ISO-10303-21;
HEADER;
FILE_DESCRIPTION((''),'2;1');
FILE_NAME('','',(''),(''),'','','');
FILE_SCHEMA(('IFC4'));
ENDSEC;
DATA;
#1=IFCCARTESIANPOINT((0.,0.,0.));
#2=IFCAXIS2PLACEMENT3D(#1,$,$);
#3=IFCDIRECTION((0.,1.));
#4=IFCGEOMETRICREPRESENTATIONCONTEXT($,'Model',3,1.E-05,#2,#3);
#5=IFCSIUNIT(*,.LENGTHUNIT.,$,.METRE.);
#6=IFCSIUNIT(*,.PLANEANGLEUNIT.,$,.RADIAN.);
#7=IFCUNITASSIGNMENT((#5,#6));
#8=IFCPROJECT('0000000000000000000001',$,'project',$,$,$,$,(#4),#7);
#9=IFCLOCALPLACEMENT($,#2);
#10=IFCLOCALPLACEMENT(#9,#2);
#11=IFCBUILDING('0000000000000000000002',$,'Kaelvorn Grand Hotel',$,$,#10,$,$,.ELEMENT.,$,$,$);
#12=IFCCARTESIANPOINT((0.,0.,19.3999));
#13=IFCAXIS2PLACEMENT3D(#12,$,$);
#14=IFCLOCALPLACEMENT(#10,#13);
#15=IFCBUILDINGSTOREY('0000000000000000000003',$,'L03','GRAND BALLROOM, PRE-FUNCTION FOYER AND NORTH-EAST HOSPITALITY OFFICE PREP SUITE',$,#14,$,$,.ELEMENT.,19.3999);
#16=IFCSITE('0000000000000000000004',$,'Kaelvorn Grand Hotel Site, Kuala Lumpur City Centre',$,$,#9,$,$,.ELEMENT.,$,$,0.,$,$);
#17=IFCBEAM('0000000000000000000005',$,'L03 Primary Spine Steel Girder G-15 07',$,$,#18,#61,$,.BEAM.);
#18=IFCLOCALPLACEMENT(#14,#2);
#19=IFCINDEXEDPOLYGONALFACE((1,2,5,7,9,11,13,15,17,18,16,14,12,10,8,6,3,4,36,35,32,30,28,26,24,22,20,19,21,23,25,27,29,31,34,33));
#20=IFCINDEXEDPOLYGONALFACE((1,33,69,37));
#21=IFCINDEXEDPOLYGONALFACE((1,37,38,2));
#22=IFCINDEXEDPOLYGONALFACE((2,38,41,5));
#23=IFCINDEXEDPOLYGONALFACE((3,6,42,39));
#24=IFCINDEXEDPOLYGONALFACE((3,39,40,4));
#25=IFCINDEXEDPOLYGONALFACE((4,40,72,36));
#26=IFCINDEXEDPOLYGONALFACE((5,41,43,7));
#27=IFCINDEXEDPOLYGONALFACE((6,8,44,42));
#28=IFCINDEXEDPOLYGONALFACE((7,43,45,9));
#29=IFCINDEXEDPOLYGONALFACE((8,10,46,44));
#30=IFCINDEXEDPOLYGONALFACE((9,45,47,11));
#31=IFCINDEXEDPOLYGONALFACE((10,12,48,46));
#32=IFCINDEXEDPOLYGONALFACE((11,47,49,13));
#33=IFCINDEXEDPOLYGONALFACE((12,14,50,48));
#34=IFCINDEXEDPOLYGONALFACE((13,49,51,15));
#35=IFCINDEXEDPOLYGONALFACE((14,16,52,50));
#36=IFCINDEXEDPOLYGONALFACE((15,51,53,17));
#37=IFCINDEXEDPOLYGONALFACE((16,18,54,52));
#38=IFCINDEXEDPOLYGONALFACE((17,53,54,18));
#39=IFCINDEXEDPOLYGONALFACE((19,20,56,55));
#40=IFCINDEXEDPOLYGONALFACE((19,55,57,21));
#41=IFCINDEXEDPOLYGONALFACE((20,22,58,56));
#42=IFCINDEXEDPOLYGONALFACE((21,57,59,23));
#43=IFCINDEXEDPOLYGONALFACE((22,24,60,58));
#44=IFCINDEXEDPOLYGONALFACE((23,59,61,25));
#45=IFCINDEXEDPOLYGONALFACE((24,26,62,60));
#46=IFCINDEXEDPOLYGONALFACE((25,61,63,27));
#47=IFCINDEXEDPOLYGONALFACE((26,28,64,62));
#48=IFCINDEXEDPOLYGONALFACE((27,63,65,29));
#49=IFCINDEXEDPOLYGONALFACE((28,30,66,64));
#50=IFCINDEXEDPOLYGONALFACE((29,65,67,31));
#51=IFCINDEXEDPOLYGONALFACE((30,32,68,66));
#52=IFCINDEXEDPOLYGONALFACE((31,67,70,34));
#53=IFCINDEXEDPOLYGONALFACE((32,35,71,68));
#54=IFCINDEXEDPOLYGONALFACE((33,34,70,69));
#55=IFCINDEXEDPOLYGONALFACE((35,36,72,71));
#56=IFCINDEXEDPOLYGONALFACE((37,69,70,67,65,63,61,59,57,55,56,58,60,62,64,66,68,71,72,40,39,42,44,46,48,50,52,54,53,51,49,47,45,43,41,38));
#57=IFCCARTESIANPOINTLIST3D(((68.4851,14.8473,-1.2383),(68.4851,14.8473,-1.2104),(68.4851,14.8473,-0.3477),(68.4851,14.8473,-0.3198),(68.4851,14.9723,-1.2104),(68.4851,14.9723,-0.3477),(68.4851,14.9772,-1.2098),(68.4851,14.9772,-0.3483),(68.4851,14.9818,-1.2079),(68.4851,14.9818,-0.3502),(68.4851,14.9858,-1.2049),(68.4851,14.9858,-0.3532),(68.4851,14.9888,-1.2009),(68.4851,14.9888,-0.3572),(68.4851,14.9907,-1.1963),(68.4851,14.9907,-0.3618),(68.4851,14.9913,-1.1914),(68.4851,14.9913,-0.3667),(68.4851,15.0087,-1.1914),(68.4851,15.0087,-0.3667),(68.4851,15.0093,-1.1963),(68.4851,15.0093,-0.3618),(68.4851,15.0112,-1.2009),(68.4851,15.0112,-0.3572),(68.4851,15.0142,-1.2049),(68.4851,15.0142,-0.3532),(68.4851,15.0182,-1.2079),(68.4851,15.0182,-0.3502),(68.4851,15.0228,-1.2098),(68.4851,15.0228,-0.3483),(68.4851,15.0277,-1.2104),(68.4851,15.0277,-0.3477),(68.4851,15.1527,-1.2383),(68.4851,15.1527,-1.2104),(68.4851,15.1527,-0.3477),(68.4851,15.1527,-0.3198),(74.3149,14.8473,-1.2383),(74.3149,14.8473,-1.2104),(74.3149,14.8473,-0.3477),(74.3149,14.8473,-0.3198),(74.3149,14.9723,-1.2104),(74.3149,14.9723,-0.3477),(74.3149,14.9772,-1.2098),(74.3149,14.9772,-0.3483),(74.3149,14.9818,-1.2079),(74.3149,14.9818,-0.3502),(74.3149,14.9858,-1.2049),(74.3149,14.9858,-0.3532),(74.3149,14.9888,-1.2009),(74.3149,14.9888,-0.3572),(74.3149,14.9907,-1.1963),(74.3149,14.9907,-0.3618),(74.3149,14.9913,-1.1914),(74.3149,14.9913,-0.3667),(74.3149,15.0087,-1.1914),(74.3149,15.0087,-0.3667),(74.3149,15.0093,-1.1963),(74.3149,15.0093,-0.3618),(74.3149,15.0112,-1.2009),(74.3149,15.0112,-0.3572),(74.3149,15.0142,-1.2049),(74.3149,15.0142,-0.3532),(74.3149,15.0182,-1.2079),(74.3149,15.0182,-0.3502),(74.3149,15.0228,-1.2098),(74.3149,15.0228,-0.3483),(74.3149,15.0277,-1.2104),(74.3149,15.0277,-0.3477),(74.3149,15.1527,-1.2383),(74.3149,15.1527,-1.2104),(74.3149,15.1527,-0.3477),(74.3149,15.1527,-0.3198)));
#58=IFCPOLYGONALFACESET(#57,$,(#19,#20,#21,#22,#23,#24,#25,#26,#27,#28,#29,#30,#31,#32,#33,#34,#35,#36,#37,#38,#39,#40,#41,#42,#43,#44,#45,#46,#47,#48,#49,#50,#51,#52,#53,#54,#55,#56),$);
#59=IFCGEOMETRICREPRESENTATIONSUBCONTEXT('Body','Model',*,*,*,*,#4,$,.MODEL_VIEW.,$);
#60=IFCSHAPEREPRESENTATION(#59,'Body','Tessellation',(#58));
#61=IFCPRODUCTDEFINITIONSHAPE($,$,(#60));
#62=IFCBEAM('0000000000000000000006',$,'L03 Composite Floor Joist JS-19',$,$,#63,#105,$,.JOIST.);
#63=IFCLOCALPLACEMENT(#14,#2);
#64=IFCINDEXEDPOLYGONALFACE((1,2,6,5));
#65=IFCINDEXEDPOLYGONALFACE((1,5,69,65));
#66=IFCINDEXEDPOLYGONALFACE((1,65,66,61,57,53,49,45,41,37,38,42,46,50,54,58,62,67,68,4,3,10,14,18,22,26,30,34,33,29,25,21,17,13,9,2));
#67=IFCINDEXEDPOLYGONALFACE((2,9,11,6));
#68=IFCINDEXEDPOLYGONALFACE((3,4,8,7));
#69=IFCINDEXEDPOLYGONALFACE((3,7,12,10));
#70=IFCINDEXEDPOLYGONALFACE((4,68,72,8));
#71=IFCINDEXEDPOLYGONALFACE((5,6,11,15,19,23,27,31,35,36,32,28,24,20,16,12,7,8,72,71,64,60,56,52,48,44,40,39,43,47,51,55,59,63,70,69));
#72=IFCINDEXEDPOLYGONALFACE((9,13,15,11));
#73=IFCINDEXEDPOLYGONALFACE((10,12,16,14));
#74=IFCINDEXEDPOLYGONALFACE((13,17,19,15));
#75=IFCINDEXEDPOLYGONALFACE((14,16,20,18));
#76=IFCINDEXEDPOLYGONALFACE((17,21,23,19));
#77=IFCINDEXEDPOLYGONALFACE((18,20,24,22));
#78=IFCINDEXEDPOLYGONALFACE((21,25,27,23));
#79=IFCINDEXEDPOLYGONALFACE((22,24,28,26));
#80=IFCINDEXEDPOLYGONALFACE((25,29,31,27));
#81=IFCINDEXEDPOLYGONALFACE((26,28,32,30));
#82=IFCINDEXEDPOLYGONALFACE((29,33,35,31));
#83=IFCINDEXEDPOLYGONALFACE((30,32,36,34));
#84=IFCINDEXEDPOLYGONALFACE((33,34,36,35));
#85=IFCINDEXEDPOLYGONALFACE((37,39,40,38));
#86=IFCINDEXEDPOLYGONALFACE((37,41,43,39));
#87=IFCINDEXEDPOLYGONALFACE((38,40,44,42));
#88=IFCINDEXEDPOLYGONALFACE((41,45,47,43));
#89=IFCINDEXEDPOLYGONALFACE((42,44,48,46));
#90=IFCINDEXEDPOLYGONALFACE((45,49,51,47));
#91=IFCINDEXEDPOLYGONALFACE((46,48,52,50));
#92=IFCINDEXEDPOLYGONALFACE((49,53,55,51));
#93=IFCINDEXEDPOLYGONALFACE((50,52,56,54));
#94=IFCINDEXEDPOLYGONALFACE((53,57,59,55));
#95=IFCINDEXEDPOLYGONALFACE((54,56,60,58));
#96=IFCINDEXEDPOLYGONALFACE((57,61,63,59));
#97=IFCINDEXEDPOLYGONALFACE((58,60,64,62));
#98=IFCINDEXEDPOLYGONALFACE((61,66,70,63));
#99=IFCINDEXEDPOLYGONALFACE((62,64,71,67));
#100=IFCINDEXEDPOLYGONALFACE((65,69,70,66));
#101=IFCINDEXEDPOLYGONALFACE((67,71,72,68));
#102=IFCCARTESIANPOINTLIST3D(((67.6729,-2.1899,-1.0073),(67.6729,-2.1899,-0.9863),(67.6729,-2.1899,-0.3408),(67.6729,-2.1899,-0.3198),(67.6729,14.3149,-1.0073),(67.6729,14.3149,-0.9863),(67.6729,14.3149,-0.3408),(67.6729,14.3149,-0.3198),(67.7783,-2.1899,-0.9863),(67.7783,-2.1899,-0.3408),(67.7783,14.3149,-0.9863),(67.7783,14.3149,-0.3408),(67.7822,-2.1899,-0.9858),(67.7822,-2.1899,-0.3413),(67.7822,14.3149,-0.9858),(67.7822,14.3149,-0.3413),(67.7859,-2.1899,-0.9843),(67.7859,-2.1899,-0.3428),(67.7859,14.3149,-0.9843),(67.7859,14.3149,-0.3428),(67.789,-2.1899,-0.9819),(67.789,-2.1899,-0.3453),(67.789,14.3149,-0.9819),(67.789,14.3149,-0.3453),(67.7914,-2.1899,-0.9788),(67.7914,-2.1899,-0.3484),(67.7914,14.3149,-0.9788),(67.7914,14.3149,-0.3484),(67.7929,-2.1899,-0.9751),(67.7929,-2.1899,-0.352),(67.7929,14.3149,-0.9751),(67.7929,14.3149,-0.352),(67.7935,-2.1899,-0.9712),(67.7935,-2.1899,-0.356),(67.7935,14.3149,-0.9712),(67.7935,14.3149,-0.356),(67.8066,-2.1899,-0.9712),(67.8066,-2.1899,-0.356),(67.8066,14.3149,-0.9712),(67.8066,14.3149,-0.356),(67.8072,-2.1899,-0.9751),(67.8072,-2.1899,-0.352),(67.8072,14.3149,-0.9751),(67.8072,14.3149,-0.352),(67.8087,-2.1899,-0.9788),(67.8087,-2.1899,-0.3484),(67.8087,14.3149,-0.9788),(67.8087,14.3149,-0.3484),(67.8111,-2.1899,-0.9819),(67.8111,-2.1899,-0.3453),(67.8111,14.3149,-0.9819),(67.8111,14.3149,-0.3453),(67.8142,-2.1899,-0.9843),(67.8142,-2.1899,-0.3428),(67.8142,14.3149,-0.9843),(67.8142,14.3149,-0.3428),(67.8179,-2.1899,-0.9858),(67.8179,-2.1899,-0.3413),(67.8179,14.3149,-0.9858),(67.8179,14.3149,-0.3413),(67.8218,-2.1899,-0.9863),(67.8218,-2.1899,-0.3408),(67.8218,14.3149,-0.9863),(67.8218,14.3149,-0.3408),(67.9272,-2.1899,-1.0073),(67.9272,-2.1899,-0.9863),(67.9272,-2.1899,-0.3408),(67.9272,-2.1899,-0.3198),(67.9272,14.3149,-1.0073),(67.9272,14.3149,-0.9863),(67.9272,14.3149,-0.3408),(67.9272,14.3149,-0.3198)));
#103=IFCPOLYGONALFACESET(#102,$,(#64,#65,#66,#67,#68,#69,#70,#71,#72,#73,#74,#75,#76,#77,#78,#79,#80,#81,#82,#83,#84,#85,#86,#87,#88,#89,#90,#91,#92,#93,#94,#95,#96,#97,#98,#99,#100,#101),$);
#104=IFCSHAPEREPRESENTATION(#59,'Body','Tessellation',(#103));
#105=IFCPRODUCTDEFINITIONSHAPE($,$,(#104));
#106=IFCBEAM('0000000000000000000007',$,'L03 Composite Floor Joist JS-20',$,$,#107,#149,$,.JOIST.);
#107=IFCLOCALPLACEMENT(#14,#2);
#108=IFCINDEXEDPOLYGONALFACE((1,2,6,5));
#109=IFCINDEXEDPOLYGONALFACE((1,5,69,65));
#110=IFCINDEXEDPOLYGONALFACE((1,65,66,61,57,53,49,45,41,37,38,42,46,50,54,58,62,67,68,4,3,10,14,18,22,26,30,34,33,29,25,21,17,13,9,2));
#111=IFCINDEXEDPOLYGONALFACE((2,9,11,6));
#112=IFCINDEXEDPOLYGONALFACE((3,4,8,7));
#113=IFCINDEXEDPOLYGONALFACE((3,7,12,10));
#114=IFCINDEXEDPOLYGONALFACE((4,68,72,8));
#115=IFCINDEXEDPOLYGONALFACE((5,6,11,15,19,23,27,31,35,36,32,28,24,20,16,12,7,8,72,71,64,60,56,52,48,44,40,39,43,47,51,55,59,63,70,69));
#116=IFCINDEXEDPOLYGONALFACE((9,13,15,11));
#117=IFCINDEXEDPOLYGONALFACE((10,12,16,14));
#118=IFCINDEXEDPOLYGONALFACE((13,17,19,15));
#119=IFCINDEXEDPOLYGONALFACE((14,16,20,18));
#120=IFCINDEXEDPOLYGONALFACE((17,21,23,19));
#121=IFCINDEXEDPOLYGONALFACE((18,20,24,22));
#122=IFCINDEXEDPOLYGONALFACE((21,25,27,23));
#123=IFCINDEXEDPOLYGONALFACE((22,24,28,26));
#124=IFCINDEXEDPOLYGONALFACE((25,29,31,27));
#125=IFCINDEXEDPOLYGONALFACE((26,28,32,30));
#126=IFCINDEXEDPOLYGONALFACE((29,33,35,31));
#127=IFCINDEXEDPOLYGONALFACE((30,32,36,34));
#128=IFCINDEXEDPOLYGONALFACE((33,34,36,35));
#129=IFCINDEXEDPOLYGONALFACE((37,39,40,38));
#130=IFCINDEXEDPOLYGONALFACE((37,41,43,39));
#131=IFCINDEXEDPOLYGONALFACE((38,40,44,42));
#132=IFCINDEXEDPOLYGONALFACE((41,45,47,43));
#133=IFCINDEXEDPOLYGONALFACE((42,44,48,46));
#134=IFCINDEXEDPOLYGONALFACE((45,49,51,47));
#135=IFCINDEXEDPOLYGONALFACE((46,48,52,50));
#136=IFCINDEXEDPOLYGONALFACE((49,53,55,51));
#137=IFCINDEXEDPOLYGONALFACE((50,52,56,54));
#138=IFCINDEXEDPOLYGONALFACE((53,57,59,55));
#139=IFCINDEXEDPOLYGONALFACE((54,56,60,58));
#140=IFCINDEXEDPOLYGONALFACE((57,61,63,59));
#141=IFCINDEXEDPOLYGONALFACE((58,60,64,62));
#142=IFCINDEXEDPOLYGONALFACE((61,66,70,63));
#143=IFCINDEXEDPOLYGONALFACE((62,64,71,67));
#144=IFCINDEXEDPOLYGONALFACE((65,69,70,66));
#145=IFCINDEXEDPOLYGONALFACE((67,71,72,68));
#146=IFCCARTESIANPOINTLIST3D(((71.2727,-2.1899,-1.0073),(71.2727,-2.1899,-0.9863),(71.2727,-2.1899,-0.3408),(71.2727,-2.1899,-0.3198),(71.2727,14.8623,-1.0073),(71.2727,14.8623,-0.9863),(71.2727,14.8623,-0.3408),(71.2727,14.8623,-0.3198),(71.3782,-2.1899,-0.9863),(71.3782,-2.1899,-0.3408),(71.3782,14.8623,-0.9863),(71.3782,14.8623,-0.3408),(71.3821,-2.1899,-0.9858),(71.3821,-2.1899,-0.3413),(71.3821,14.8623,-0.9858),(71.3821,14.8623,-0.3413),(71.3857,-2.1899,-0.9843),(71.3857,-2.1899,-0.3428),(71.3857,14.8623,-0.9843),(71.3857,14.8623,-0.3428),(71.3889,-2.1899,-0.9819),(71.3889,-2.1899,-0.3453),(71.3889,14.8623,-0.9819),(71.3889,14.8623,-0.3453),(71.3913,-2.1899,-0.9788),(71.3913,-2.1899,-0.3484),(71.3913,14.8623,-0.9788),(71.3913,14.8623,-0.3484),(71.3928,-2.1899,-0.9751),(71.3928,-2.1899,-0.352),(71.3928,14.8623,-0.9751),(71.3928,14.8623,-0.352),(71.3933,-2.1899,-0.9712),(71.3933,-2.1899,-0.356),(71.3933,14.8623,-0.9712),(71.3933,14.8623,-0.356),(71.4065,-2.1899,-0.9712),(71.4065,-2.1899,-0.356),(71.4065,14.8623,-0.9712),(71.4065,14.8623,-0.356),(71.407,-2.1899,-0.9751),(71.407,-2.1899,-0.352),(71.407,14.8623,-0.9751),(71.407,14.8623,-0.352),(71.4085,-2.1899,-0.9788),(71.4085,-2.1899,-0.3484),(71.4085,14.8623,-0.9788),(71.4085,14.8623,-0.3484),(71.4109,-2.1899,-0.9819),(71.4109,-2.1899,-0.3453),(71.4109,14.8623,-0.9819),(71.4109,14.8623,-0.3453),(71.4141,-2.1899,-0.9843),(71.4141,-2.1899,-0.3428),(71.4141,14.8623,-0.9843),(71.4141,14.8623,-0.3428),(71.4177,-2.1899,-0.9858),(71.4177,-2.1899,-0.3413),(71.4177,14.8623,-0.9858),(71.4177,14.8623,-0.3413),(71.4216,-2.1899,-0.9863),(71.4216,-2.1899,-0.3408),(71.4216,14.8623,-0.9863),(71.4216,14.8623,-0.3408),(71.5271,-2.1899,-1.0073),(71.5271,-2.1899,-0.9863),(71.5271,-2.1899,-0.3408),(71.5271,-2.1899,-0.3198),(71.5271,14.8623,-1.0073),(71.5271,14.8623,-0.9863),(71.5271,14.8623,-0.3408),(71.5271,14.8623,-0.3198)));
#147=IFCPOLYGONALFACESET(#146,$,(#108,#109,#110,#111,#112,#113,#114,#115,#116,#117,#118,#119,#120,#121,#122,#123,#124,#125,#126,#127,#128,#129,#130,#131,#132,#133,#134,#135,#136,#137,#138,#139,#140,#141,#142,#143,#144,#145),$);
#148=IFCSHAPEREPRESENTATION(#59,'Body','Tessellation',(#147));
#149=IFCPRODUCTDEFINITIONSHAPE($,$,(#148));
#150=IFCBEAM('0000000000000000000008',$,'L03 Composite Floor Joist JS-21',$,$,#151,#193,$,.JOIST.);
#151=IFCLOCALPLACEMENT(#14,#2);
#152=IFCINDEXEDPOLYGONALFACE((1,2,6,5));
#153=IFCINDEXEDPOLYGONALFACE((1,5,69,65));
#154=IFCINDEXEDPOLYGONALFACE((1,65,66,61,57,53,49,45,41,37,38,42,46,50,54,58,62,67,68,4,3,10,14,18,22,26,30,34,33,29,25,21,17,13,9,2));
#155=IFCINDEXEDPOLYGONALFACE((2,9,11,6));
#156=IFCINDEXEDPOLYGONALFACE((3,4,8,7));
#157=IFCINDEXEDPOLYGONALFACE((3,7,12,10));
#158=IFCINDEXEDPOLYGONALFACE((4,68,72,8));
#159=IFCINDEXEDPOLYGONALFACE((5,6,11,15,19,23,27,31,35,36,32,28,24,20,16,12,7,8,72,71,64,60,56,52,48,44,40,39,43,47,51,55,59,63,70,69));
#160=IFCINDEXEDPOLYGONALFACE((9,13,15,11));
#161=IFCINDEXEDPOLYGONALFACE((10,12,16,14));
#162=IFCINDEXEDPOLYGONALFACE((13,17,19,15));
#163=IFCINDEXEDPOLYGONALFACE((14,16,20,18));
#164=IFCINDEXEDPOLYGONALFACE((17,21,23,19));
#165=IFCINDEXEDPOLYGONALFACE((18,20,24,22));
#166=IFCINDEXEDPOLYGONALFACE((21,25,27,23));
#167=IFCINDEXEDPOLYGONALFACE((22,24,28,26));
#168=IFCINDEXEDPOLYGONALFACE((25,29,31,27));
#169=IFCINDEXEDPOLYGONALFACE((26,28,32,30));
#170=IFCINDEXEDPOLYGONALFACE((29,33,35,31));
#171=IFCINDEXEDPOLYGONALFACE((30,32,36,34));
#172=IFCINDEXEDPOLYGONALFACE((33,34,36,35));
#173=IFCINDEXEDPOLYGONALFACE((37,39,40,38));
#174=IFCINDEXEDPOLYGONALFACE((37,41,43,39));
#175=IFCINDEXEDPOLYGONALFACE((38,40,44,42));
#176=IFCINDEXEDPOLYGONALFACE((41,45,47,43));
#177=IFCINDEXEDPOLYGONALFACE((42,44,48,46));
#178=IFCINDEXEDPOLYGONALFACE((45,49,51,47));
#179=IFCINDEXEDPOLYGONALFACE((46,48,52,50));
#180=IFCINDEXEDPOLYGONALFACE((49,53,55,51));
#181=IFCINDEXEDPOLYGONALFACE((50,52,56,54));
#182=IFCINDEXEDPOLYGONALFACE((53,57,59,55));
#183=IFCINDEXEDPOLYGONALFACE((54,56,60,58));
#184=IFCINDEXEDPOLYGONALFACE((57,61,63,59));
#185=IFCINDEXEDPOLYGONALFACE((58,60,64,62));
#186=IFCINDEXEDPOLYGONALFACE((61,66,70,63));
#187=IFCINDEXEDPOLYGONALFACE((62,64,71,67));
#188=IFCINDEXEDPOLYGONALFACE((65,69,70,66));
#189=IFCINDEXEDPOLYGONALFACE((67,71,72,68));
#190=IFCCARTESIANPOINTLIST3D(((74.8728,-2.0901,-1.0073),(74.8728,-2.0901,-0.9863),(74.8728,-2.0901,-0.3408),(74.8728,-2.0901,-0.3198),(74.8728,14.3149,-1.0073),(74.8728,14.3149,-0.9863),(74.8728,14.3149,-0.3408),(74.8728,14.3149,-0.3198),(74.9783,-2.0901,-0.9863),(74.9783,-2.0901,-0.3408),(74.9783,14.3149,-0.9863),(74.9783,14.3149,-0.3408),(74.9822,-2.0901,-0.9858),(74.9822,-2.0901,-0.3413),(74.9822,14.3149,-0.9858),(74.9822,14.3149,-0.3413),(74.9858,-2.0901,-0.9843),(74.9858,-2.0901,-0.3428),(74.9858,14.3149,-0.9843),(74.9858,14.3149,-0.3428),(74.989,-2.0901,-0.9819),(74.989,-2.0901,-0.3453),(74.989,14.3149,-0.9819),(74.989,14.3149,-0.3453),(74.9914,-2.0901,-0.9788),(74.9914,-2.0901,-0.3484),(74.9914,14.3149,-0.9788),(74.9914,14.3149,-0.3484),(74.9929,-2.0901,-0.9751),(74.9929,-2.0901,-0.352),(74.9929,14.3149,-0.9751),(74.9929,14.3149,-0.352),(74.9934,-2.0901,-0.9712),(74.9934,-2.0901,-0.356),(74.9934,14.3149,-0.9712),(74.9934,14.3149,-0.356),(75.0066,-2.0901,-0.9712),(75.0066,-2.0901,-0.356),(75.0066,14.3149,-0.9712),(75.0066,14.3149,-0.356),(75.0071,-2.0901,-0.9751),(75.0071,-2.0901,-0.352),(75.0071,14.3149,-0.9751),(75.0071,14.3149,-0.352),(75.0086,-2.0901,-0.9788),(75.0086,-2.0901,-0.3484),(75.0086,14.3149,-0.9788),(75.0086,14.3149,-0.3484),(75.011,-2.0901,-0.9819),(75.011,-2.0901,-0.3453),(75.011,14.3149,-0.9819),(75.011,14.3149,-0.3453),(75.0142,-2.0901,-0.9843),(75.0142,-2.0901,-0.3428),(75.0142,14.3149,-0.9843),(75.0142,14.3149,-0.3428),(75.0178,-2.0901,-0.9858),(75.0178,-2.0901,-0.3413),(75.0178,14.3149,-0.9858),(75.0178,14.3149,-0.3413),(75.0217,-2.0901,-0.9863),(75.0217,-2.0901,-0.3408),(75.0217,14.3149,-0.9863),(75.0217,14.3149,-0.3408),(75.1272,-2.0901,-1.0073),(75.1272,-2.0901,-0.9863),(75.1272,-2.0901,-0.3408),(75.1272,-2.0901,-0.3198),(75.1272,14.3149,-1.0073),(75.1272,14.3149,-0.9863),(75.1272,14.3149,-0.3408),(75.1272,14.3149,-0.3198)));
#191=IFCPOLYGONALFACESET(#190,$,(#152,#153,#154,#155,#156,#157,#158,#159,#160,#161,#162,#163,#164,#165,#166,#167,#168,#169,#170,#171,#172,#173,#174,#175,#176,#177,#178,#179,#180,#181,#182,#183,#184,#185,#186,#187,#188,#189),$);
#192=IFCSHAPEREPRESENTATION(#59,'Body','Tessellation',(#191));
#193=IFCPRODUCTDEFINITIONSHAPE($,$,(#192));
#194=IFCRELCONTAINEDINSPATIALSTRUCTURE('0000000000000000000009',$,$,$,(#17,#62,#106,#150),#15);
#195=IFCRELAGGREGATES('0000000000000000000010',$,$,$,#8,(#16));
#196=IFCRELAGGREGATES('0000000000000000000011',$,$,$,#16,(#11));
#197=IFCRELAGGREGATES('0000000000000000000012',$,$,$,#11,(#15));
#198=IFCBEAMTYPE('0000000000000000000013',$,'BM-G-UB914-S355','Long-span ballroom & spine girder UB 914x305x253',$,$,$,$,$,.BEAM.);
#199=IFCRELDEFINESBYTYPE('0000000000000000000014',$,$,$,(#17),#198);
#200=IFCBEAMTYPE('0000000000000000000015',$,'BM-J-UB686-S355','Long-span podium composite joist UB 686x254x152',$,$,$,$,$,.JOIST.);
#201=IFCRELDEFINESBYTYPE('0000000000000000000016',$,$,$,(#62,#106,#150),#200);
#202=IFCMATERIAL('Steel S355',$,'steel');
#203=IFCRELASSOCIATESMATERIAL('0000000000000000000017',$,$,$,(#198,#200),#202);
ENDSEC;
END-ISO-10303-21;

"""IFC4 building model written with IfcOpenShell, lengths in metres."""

from ifc_helpers import new_model, si_unit, direction, frame, origin, origin_2d, place, context, subcontext, project, spatial, i_section, extrude, material, material_profile, profile_set, type_object, element, save


model = new_model("IFC4")

# Units and contexts
model_context = context("Model", 3, precision=1e-05, world=origin(), true_north=direction((0.0, 1.0)))
body_context = subcontext(model_context, "Body", "Model", "MODEL_VIEW")
ifc_project = project(units=[si_unit("LENGTHUNIT", "METRE"), si_unit("PLANEANGLEUNIT", "RADIAN")], contexts=[model_context])

# Site, building, storey
site_placement = place(None, origin())
site = spatial("IfcSite", under=ifc_project, at=site_placement, Name="Kaelvorn Grand Hotel Site, Kuala Lumpur City Centre", CompositionType="ELEMENT", RefElevation=0.0)
building_placement = place(site_placement, origin())
building = spatial("IfcBuilding", under=site, at=building_placement, Name="Kaelvorn Grand Hotel", CompositionType="ELEMENT")
storey_placement = place(building_placement, frame((0.0, 0.0, 19.3999)))
storey = spatial("IfcBuildingStorey", under=building, at=storey_placement, Name="L03", Description="GRAND BALLROOM, PRE-FUNCTION FOYER AND NORTH-EAST HOSPITALITY OFFICE PREP SUITE", CompositionType="ELEMENT", Elevation=19.3999)

# Beams
ifc_material_1 = material(Name="Steel S355", Category="steel")
ifc_material_profile_1 = material_profile(ifc_material_1, i_section(OverallWidth=0.3054, OverallDepth=0.9185, WebThickness=0.0173, FlangeThickness=0.0278, FilletRadius=0.019, at=origin_2d()), Name="UB 914x305x253")
ifc_profile_set_1 = profile_set([ifc_material_profile_1], Name="Steel S355")
beam_type_1 = type_object("IfcBeamType", Name="BM-G-UB914-S355", Description="Long-span ballroom & spine girder UB 914x305x253", PredefinedType="BEAM", material=ifc_profile_set_1)
beam_1_placement = place(storey_placement, frame((68.4851, 15.0, -0.7791), z_axis=(1.0, 0.0, 0.0), x_axis=(0.0, 1.0, 0.0)))
element("IfcBeam", 1, at=beam_1_placement, inside=storey, type_object=beam_type_1, Name="L03 Primary Spine Steel Girder G-15 07", PredefinedType="BEAM", context=body_context, shape_type="SweptSolid", body=[
    extrude(i_section(OverallWidth=0.3054, OverallDepth=0.9185, WebThickness=0.0173, FlangeThickness=0.0278, FilletRadius=0.019, at=origin_2d()), origin(), (0.0, 0.0, 1.0), 5.8298),
])
ifc_material_profile_2 = material_profile(ifc_material_1, i_section(OverallWidth=0.2544, OverallDepth=0.6875, WebThickness=0.0132, FlangeThickness=0.021, FilletRadius=0.0151, at=origin_2d()), Name="UB 686x254x152")
ifc_profile_set_2 = profile_set([ifc_material_profile_2], Name="Steel S355")
beam_type_2 = type_object("IfcBeamType", Name="BM-J-UB686-S355", Description="Long-span podium composite joist UB 686x254x152", PredefinedType="JOIST", material=ifc_profile_set_2)
beam_2_placement = place(storey_placement, frame((67.8, -2.1899, -0.6636), z_axis=(0.0, 1.0, 0.0), x_axis=(-1.0, 0.0, 0.0)))
element("IfcBeam", 2, at=beam_2_placement, inside=storey, type_object=beam_type_2, Name="L03 Composite Floor Joist JS-19", PredefinedType="JOIST", context=body_context, shape_type="SweptSolid", body=[
    extrude(i_section(OverallWidth=0.2544, OverallDepth=0.6875, WebThickness=0.0132, FlangeThickness=0.021, FilletRadius=0.0151, at=origin_2d()), origin(), (0.0, 0.0, 1.0), 16.5049),
])
beam_3_placement = place(storey_placement, frame((71.3999, -2.1899, -0.6636), z_axis=(0.0, 1.0, 0.0), x_axis=(-1.0, 0.0, 0.0)))
element("IfcBeam", 3, at=beam_3_placement, inside=storey, type_object=beam_type_2, Name="L03 Composite Floor Joist JS-20", PredefinedType="JOIST", context=body_context, shape_type="SweptSolid", body=[
    extrude(i_section(OverallWidth=0.2544, OverallDepth=0.6875, WebThickness=0.0132, FlangeThickness=0.021, FilletRadius=0.0151, at=origin_2d()), origin(), (0.0, 0.0, 1.0), 17.0522),
])
beam_4_placement = place(storey_placement, frame((75.0, -2.0901, -0.6636), z_axis=(0.0, 1.0, 0.0), x_axis=(-1.0, 0.0, 0.0)))
element("IfcBeam", 4, at=beam_4_placement, inside=storey, type_object=beam_type_2, Name="L03 Composite Floor Joist JS-21", PredefinedType="JOIST", context=body_context, shape_type="SweptSolid", body=[
    extrude(i_section(OverallWidth=0.2544, OverallDepth=0.6875, WebThickness=0.0132, FlangeThickness=0.021, FilletRadius=0.0151, at=origin_2d()), origin(), (0.0, 0.0, 1.0), 16.405),
])

save(model, "model.ifc")
